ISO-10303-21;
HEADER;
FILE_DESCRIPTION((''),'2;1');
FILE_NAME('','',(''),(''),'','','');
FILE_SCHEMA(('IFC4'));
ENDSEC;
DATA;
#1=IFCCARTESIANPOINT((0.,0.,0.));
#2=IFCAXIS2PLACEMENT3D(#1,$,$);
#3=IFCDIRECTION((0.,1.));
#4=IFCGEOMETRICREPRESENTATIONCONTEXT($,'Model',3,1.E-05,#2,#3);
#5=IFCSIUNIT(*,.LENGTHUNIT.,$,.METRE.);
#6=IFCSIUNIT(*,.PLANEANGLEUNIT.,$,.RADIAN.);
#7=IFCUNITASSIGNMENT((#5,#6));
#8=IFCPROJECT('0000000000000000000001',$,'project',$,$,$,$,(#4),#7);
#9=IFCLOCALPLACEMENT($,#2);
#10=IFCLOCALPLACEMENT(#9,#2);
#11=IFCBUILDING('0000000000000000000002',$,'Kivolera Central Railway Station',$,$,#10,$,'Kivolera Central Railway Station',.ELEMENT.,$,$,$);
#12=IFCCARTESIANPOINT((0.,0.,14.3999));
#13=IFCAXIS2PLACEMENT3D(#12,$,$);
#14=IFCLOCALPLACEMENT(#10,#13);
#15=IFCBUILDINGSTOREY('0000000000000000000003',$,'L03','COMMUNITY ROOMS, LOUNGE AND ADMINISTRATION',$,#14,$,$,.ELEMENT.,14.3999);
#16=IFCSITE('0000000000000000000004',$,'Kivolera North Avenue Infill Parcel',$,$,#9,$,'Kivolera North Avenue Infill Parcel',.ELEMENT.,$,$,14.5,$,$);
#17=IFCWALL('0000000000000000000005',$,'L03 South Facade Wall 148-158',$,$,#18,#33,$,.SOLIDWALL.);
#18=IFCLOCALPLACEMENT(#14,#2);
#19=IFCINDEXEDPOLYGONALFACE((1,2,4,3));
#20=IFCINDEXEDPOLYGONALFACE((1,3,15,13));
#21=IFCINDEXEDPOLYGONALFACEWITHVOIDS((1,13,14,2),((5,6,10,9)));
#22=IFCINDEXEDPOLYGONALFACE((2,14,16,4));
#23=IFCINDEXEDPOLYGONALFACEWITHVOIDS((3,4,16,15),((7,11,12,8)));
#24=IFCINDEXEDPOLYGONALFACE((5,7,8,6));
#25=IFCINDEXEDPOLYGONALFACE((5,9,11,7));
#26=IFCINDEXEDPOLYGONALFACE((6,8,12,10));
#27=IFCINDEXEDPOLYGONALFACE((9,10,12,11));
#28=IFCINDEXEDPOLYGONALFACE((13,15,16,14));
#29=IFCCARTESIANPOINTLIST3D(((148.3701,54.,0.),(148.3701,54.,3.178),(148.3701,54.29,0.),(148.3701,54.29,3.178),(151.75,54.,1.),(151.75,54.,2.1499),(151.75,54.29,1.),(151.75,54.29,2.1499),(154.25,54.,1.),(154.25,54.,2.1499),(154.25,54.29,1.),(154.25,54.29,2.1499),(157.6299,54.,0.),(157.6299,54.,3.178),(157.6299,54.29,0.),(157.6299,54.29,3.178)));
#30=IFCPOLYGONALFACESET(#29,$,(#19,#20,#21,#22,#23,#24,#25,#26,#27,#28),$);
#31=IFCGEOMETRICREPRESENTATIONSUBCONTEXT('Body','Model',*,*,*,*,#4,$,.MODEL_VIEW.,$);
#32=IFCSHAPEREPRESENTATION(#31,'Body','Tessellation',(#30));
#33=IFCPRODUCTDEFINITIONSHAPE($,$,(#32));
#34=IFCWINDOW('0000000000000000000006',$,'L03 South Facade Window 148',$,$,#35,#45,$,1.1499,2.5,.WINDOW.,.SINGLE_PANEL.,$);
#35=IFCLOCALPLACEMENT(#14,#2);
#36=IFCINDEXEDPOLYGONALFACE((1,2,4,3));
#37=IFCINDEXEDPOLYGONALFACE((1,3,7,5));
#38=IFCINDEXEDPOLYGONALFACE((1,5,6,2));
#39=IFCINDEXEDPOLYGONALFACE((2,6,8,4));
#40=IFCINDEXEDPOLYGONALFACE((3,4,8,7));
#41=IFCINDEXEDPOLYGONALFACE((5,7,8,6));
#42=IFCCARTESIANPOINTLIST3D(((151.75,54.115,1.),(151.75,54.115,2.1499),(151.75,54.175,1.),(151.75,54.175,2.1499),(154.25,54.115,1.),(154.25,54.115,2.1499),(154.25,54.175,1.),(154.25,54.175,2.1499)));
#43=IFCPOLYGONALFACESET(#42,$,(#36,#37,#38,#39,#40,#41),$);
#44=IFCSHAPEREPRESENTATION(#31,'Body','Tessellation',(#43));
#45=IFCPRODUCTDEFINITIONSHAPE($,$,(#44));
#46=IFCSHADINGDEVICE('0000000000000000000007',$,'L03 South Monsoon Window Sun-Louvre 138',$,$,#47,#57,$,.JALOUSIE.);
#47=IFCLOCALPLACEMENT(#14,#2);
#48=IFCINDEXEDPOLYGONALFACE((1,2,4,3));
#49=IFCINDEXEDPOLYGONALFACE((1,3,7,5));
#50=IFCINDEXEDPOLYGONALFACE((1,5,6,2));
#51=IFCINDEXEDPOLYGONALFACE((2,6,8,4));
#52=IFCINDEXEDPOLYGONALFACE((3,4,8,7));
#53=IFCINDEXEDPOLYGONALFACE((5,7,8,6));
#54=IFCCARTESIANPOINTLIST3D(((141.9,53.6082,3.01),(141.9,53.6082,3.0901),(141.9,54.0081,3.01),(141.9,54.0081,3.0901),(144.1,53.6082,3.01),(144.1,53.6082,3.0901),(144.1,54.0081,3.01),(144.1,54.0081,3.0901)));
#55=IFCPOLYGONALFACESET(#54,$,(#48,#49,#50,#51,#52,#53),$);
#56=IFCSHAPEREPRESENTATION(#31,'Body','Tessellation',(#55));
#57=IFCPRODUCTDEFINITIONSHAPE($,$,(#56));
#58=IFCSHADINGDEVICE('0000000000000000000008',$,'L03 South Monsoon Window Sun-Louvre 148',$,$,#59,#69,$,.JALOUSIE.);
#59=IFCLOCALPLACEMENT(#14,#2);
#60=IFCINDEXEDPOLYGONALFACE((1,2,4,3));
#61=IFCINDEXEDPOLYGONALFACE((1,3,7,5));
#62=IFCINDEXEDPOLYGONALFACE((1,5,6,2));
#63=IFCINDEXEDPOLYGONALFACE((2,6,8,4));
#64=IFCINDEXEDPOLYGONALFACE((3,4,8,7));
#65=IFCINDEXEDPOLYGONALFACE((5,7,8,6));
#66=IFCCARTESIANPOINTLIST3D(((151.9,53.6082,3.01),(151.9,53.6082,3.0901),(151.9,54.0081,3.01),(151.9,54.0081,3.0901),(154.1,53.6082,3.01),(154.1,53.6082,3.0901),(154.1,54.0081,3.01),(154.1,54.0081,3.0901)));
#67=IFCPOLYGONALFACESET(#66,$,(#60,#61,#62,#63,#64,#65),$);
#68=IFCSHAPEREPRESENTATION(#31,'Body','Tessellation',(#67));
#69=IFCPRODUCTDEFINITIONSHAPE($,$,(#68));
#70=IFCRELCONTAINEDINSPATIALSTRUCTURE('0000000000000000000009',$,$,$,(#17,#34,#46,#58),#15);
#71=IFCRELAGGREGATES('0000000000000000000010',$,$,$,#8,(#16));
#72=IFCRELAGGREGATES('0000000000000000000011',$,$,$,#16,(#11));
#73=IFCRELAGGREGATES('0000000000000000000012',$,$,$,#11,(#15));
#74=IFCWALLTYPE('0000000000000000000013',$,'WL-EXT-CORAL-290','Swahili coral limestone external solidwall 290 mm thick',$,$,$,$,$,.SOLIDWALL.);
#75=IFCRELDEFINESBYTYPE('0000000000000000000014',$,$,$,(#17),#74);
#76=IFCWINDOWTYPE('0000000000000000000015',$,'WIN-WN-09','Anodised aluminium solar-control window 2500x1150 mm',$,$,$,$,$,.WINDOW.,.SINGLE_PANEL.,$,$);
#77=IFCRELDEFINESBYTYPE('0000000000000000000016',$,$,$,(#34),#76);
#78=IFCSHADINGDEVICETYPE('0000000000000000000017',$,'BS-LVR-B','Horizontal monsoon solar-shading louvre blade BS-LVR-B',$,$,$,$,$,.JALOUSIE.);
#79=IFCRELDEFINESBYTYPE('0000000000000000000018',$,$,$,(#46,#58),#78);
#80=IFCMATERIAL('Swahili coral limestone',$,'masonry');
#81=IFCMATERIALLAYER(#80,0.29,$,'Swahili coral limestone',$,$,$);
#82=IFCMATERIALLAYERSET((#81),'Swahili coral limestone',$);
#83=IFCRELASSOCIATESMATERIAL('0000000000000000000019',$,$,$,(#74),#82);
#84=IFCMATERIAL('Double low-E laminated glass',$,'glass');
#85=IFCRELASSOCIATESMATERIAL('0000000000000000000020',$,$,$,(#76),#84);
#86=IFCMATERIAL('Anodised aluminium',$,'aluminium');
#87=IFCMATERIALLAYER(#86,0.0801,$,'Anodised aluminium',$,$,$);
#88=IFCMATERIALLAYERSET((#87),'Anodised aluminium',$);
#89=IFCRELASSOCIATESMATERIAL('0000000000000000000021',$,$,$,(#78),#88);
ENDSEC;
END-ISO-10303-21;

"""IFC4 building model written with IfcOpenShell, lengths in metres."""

from ifc_helpers import new_model, si_unit, direction, frame, frame_2d, origin, origin_2d, place, context, subcontext, project, spatial, rectangle, extrude, material, layer, layer_set, type_object, element, fill, save


model = new_model("IFC4")

# Units and contexts
model_context = context("Model", 3, precision=1e-05, world=origin(), true_north=direction((0.0, 1.0)))
body_context = subcontext(model_context, "Body", "Model", "MODEL_VIEW")
ifc_project = project(units=[si_unit("LENGTHUNIT", "METRE"), si_unit("PLANEANGLEUNIT", "RADIAN")], contexts=[model_context])

# Site, building, storey
site_placement = place(None, origin())
site = spatial("IfcSite", under=ifc_project, at=site_placement, Name="Kivolera North Avenue Infill Parcel", LongName="Kivolera North Avenue Infill Parcel", CompositionType="ELEMENT", RefElevation=14.5)
building_placement = place(site_placement, origin())
building = spatial("IfcBuilding", under=site, at=building_placement, Name="Kivolera Central Railway Station", LongName="Kivolera Central Railway Station", CompositionType="ELEMENT")
storey_placement = place(building_placement, frame((0.0, 0.0, 14.3999)))
storey = spatial("IfcBuildingStorey", under=building, at=storey_placement, Name="L03", Description="COMMUNITY ROOMS, LOUNGE AND ADMINISTRATION", CompositionType="ELEMENT", Elevation=14.3999)

# Shared definitions
ifc_material_1 = material(Name="Anodised aluminium", Category="aluminium")
ifc_material_2 = material(Name="Double low-E laminated glass", Category="glass")

# Shared definitions
ifc_material_3 = material(Name="Swahili coral limestone", Category="masonry")
ifc_layer_1 = layer(ifc_material_3, 0.29, Name="Swahili coral limestone")
ifc_layer_set_1 = layer_set([ifc_layer_1], Name="Swahili coral limestone")
wall_type = type_object("IfcWallType", Name="WL-EXT-CORAL-290", Description="Swahili coral limestone external solidwall 290 mm thick", PredefinedType="SOLIDWALL", material=ifc_layer_set_1)

# Wall, opening, window
wall_1_placement = place(storey_placement, frame((157.6299, 54.145, 0.0), z_axis=(0.0, 0.0, 1.0), x_axis=(-1.0, 0.0, 0.0)))
wall_1 = element("IfcWall", 1, at=wall_1_placement, inside=storey, type_object=wall_type, Name="L03 South Facade Wall 148-158", PredefinedType="SOLIDWALL", context=body_context, shape_type="SweptSolid", body=[
    extrude(rectangle(XDim=9.2598, YDim=0.29, at=frame_2d((4.6299, 0.0))), origin(), (0.0, 0.0, 1.0), 3.178),
])
opening_1_placement = place(wall_1_placement, frame((3.3799, 0.0, 1.0)))
opening_1 = element("IfcOpeningElement", 2, at=opening_1_placement, cuts=wall_1, PredefinedType="OPENING", context=body_context, shape_type="SweptSolid", body=[
    extrude(rectangle(XDim=2.5, YDim=1.1499, at=frame_2d((1.25, 0.575))), frame((0.0, 0.155, 0.0), z_axis=(0.0, -1.0, 0.0), x_axis=(1.0, 0.0, 0.0)), (0.0, 0.0, 1.0), 0.3101),
])
window_type_1 = type_object("IfcWindowType", Name="WIN-WN-09", Description="Anodised aluminium solar-control window 2500x1150 mm", PartitioningType="SINGLE_PANEL", PredefinedType="WINDOW", material=ifc_material_2)
window_1_placement = place(opening_1_placement, origin())
window_1 = element("IfcWindow", 3, at=window_1_placement, inside=storey, type_object=window_type_1, Name="L03 South Facade Window 148", OverallHeight=1.1499, OverallWidth=2.5, PartitioningType="SINGLE_PANEL", PredefinedType="WINDOW", context=body_context, shape_type="SweptSolid", body=[
    extrude(rectangle(XDim=2.5, YDim=1.1499, at=frame_2d((1.25, 0.575))), frame((0.0, 0.03, 0.0), z_axis=(0.0, -1.0, 0.0), x_axis=(1.0, 0.0, 0.0)), (0.0, 0.0, 1.0), 0.0601),
])
fill(opening_1, window_1)

# Shading devices
ifc_layer_2 = layer(ifc_material_1, 0.0801, Name="Anodised aluminium")
ifc_layer_set_2 = layer_set([ifc_layer_2], Name="Anodised aluminium")
shading_device_type = type_object("IfcShadingDeviceType", Name="BS-LVR-B", Description="Horizontal monsoon solar-shading louvre blade BS-LVR-B", PredefinedType="JALOUSIE", material=ifc_layer_set_2)
for number, where, z_axis, x_axis, name in (
    (4, (143.0, 53.8081, 3.01), (0.0, 0.0, 1.0), (1.0, 0.0, 0.0), "L03 South Monsoon Window Sun-Louvre 138"),
    (5, (153.0, 53.8081, 3.01), (0.0, 0.0, 1.0), (1.0, 0.0, 0.0), "L03 South Monsoon Window Sun-Louvre 148"),
):
    element("IfcShadingDevice", number, at=place(storey_placement, frame(where, z_axis=z_axis, x_axis=x_axis)), inside=storey, type_object=shading_device_type, Name=name, PredefinedType="JALOUSIE", context=body_context, shape_type="SweptSolid", body=[
        extrude(rectangle(XDim=2.2, YDim=0.3999, at=origin_2d()), origin(), (0.0, 0.0, 1.0), 0.0801),
    ])

save(model, "model.ifc")
